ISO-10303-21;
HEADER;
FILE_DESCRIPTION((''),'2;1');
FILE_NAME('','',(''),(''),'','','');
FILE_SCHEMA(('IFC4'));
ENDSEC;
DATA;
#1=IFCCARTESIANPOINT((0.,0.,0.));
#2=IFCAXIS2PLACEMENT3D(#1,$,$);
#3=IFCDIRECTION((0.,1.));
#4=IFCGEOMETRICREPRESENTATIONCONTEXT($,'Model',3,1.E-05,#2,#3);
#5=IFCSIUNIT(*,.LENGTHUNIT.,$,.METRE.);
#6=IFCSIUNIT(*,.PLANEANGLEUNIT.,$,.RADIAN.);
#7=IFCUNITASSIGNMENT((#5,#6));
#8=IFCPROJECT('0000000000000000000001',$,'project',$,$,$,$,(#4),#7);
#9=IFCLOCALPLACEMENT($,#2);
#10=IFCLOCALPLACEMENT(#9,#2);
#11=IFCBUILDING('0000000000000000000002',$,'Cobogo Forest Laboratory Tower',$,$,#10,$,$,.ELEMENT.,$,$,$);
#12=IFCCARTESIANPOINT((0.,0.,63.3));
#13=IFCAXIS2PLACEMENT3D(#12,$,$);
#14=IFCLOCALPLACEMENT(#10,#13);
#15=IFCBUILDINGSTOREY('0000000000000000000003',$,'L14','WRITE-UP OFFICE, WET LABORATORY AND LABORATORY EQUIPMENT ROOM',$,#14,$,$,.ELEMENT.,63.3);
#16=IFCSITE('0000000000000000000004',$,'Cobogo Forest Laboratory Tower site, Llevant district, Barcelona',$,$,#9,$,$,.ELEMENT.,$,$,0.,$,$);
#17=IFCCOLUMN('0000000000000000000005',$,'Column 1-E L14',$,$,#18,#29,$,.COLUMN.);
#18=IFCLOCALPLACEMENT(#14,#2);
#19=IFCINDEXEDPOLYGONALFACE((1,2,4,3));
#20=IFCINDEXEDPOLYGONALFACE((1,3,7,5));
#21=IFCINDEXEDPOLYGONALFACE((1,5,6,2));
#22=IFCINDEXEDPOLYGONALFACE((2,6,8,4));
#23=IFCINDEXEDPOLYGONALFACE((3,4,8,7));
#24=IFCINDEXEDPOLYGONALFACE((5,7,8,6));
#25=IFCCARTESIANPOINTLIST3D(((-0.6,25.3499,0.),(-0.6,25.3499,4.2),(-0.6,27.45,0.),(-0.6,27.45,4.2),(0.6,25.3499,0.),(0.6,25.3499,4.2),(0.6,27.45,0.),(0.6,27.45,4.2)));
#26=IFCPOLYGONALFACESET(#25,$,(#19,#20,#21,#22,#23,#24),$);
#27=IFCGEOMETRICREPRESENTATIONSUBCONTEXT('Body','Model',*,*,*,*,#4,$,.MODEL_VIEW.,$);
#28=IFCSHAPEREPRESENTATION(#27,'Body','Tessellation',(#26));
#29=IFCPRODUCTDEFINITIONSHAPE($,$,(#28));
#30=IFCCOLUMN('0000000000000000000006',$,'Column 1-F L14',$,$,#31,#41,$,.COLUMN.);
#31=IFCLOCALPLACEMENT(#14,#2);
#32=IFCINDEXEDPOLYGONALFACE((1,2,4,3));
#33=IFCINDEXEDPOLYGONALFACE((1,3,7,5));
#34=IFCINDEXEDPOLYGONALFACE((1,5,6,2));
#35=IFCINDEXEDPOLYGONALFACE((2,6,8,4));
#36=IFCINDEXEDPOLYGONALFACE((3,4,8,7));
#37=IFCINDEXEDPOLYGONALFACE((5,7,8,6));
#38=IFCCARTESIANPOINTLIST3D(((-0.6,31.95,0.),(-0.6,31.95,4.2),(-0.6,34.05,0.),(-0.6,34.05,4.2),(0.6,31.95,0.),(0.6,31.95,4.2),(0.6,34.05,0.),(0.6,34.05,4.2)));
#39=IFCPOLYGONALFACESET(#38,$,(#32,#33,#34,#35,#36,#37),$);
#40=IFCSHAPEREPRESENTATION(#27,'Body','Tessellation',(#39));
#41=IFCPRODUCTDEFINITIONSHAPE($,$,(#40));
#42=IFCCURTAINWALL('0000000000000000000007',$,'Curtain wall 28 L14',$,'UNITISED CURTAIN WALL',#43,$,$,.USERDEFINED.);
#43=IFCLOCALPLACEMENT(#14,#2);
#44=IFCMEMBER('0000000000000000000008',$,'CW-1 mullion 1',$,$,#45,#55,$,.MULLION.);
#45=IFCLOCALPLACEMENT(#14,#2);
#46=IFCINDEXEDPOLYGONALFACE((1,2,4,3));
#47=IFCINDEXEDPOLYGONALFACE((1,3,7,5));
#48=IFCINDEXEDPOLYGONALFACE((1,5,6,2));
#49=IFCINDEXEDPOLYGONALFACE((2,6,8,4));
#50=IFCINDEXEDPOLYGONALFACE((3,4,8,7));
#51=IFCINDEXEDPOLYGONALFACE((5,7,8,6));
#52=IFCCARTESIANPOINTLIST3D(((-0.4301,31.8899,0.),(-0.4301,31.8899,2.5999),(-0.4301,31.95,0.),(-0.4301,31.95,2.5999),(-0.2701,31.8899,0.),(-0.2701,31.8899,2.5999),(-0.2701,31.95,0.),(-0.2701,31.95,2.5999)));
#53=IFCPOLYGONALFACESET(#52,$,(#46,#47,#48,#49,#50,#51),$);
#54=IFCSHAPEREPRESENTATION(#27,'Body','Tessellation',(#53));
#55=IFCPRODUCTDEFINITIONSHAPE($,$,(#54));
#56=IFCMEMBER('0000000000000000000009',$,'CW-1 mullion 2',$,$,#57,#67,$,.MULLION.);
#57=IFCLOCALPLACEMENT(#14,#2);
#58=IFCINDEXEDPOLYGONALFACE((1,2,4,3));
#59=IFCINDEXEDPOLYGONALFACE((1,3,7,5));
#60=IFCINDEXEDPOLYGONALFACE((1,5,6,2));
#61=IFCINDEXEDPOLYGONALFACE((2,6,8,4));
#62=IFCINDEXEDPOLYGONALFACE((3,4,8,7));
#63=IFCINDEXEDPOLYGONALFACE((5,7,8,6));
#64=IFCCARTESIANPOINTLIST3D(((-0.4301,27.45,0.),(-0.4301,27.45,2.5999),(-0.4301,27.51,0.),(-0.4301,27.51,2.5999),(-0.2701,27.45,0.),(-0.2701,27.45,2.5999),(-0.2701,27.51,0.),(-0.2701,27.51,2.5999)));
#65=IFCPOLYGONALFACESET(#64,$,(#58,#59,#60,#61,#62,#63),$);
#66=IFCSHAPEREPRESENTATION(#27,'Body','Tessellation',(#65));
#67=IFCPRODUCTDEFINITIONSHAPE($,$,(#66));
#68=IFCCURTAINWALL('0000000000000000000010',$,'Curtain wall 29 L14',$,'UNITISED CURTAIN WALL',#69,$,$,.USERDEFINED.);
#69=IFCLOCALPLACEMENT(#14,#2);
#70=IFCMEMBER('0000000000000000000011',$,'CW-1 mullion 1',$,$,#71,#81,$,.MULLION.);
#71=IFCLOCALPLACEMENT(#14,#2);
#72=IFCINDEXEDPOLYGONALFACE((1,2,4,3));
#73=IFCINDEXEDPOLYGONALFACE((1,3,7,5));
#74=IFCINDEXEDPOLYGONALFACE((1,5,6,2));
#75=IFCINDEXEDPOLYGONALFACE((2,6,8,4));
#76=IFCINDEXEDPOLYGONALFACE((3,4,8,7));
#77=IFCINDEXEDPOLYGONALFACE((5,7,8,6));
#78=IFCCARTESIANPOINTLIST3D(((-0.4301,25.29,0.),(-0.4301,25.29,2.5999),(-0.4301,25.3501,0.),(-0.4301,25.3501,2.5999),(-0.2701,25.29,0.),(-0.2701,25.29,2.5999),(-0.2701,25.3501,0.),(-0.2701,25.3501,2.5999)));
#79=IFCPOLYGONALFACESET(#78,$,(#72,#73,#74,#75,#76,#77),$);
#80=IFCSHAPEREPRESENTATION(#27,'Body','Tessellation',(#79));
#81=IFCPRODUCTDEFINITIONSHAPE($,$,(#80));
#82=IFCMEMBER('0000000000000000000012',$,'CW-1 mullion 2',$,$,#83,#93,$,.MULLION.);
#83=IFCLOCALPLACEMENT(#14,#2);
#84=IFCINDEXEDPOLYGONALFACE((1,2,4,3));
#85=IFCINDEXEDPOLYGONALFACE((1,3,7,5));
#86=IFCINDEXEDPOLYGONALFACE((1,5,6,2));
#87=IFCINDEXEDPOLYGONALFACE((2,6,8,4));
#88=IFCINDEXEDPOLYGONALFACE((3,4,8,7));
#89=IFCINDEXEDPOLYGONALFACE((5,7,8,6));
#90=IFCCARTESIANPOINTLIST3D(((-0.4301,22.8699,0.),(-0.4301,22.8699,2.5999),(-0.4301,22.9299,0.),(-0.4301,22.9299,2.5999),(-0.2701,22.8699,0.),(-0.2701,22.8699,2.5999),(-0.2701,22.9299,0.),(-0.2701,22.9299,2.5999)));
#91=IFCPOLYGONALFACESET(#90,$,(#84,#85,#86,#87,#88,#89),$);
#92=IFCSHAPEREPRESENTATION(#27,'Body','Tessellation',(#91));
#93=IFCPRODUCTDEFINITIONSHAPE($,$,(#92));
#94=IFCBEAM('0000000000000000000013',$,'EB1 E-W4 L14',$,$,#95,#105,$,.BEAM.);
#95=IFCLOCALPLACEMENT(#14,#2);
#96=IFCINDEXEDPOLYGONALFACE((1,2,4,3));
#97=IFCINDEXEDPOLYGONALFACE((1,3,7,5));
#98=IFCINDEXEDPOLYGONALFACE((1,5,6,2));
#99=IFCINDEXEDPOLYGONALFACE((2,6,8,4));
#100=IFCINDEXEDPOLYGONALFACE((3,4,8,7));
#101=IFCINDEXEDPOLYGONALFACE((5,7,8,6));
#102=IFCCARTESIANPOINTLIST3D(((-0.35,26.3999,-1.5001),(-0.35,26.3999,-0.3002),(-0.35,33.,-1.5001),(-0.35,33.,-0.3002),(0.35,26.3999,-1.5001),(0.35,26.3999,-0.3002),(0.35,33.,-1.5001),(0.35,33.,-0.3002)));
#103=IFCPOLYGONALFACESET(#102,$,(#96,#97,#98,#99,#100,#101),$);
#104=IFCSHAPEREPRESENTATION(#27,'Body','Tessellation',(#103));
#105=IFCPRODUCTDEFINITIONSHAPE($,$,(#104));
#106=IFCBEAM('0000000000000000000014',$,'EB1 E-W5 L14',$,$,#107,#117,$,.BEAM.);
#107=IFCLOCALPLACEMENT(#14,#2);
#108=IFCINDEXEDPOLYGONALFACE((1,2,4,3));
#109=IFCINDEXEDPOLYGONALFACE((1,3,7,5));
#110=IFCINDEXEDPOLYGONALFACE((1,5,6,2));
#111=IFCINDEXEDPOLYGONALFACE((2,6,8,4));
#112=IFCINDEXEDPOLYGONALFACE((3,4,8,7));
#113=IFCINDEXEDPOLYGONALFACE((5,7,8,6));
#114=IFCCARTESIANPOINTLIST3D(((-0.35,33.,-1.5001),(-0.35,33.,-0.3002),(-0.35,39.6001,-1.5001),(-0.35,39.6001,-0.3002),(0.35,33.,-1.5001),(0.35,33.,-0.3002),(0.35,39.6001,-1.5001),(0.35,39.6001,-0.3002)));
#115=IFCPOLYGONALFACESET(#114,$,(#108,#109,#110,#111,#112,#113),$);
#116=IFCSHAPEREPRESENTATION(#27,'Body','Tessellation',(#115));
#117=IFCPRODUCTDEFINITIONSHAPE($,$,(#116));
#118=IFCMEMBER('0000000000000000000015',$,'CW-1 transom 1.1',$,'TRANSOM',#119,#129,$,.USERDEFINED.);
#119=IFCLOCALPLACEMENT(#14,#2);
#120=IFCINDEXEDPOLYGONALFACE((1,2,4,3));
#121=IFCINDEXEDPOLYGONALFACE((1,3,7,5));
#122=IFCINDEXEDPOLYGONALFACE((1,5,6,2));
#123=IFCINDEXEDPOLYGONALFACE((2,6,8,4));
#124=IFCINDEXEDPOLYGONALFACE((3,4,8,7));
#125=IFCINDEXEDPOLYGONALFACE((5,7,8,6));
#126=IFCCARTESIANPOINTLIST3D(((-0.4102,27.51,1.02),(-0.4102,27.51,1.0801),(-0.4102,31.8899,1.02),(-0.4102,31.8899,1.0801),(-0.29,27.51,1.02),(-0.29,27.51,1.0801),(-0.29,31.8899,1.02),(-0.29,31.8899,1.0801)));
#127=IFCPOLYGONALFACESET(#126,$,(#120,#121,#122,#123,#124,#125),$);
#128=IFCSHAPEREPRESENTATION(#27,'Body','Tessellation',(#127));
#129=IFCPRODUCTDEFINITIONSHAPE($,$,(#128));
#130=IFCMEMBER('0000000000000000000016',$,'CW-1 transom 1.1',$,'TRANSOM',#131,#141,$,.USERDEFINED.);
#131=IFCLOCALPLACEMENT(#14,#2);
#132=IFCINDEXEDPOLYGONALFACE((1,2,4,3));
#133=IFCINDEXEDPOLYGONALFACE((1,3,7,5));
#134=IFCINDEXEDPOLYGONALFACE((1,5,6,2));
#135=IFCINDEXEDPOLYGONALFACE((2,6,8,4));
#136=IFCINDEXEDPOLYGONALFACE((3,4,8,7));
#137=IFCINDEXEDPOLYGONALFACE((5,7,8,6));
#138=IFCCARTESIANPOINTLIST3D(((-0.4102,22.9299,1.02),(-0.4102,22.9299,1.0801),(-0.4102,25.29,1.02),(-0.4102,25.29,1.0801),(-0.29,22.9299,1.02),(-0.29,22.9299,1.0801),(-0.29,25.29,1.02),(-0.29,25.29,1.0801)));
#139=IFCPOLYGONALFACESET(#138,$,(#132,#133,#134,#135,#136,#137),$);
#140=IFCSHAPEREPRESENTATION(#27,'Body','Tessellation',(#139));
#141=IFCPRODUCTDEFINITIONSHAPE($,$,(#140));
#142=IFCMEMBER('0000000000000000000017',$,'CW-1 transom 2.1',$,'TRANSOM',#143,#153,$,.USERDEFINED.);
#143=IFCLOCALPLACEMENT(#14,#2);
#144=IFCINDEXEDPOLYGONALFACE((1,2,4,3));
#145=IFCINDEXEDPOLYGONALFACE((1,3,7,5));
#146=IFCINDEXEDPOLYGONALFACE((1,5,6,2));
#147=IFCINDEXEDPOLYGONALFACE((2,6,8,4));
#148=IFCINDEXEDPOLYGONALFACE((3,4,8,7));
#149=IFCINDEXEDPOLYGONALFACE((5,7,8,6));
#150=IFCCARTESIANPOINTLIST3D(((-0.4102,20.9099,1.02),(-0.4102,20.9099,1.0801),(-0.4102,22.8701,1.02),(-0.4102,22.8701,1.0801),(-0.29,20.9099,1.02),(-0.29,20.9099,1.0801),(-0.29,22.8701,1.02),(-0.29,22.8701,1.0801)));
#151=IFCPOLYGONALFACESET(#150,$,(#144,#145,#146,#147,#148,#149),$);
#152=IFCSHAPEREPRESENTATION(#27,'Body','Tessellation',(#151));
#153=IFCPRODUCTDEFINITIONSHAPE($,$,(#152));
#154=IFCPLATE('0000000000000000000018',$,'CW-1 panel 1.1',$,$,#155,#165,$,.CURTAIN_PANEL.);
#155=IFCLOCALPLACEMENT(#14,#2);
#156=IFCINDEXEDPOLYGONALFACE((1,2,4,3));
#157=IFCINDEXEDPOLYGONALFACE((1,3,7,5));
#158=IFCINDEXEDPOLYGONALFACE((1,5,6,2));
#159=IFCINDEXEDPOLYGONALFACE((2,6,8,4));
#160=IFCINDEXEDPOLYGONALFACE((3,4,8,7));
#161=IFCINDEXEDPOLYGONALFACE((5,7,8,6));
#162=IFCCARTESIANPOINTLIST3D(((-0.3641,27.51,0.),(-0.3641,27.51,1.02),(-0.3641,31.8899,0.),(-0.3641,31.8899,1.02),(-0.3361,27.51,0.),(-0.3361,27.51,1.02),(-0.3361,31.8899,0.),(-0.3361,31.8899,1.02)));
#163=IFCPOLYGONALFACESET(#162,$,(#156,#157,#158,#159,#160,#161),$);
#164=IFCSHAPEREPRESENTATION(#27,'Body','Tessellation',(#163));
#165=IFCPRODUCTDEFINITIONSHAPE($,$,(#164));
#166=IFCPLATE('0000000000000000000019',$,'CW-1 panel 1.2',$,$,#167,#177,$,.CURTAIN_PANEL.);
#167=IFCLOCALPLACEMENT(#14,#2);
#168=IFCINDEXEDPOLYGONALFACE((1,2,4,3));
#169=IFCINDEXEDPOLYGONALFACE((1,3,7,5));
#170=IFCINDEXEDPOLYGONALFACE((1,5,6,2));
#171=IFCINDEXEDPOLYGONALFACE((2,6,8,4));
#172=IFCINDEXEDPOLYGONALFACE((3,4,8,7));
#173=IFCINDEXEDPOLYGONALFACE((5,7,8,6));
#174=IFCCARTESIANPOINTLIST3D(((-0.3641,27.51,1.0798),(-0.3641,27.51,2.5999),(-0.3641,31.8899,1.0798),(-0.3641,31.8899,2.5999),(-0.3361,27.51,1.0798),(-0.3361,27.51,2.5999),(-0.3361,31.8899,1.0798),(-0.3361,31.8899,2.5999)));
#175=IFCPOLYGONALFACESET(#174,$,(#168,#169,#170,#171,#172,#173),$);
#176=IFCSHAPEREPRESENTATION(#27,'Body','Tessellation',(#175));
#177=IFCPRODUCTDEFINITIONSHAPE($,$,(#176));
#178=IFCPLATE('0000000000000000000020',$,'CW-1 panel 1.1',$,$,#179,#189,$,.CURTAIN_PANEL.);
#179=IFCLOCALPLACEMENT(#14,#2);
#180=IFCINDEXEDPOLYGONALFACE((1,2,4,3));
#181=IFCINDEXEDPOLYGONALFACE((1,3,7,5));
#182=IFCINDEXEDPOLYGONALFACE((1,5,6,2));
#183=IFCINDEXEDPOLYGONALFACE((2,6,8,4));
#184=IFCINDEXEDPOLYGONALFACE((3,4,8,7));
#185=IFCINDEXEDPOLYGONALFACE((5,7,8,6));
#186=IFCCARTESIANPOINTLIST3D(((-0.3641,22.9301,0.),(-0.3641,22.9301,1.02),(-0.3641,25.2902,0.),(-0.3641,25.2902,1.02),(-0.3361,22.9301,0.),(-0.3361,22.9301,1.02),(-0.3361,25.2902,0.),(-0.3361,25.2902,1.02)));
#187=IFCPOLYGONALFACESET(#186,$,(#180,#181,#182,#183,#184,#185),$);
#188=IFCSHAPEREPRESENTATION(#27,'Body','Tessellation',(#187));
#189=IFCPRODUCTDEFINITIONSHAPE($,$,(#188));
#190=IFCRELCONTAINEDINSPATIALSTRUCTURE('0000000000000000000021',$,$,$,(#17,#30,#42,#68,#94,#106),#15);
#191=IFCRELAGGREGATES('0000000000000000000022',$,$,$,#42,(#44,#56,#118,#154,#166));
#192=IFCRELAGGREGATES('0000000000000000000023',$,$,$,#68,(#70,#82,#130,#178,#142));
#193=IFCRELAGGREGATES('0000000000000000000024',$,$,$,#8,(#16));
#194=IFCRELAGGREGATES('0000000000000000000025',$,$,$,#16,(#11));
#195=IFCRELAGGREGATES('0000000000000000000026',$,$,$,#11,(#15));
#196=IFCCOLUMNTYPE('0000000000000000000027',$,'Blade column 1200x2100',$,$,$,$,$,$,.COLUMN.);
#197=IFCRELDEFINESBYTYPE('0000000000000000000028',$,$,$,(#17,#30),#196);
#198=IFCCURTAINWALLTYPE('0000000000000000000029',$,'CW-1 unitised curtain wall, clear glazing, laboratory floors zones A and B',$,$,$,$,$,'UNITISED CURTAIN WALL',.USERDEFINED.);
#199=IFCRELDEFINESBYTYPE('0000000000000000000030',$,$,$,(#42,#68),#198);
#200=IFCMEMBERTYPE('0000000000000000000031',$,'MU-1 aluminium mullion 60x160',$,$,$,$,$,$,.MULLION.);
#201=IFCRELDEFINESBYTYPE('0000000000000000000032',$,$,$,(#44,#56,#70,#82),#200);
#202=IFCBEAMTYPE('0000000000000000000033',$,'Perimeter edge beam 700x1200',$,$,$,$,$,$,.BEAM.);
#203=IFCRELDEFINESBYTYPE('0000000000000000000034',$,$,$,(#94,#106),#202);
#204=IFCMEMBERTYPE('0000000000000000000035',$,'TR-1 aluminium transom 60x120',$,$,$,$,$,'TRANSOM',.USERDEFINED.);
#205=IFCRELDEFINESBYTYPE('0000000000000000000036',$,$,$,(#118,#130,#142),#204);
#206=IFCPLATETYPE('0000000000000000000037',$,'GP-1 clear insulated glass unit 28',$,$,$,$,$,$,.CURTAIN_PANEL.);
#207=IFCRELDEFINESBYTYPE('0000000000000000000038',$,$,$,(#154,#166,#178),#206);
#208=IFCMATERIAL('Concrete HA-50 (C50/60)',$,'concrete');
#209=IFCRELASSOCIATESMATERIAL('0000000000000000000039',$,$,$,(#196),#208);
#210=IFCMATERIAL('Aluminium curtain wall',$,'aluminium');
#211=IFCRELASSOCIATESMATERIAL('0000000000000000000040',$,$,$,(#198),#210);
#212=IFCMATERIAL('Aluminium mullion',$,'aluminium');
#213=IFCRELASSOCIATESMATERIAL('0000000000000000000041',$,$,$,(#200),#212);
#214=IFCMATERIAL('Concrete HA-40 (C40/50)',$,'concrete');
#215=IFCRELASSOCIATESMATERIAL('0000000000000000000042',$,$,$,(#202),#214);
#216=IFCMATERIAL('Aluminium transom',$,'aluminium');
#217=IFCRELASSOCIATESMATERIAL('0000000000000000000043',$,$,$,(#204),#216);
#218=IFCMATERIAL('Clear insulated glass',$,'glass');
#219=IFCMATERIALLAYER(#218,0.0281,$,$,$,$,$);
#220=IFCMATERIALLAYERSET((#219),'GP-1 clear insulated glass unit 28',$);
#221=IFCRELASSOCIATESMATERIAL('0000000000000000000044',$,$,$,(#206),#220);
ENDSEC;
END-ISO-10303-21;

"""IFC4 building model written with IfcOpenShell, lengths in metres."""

from ifc_helpers import new_model, si_unit, direction, frame, origin, origin_2d, place, context, subcontext, project, spatial, rectangle, extrude, material, layer, layer_set, material_profile, profile_set, type_object, element, aggregate, save


model = new_model("IFC4")

# Units and contexts
model_context = context("Model", 3, precision=1e-05, world=origin(), true_north=direction((0.0, 1.0)))
body_context = subcontext(model_context, "Body", "Model", "MODEL_VIEW")
ifc_project = project(units=[si_unit("LENGTHUNIT", "METRE"), si_unit("PLANEANGLEUNIT", "RADIAN")], contexts=[model_context])

# Site, building, storey
site_placement = place(None, origin())
site = spatial("IfcSite", under=ifc_project, at=site_placement, Name="Cobogo Forest Laboratory Tower site, Llevant district, Barcelona", CompositionType="ELEMENT", RefElevation=0.0)
building_placement = place(site_placement, origin())
building = spatial("IfcBuilding", under=site, at=building_placement, Name="Cobogo Forest Laboratory Tower", CompositionType="ELEMENT")
storey_placement = place(building_placement, frame((0.0, 0.0, 63.3)))
storey = spatial("IfcBuildingStorey", under=building, at=storey_placement, Name="L14", Description="WRITE-UP OFFICE, WET LABORATORY AND LABORATORY EQUIPMENT ROOM", CompositionType="ELEMENT", Elevation=63.3)

# Columns
ifc_material_1 = material(Name="Concrete HA-50 (C50/60)", Category="concrete")
ifc_material_profile_1 = material_profile(ifc_material_1, rectangle(XDim=2.1001, YDim=1.2, at=origin_2d()), Name="RC 1200x2100")
ifc_profile_set_1 = profile_set([ifc_material_profile_1], Name="Concrete HA-50 (C50/60)")
column_type = type_object("IfcColumnType", Name="Blade column 1200x2100", PredefinedType="COLUMN", material=ifc_profile_set_1)
for number, where, z_axis, x_axis, name in (
    (1, (0.0, 26.3999, 0.0), (0.0, 0.0, 1.0), (0.0, 1.0, 0.0), "Column 1-E L14"),
    (2, (0.0, 33.0, 0.0), (0.0, 0.0, 1.0), (0.0, 1.0, 0.0), "Column 1-F L14"),
):
    element("IfcColumn", number, at=place(storey_placement, frame(where, z_axis=z_axis, x_axis=x_axis)), inside=storey, type_object=column_type, Name=name, PredefinedType="COLUMN", context=body_context, shape_type="SweptSolid", body=[
        extrude(rectangle(XDim=2.1001, YDim=1.2, at=origin_2d()), origin(), (0.0, 0.0, 1.0), 4.2),
    ])

# Curtain walls, members
ifc_material_2 = material(Name="Aluminium curtain wall", Category="aluminium")
curtain_wall_type = type_object("IfcCurtainWallType", Name="CW-1 unitised curtain wall, clear glazing, laboratory floors zones A and B", ElementType="UNITISED CURTAIN WALL", PredefinedType="USERDEFINED", material=ifc_material_2)
curtain_wall_1_placement = place(storey_placement, origin())
curtain_wall_1 = element("IfcCurtainWall", 3, at=curtain_wall_1_placement, inside=storey, type_object=curtain_wall_type, Name="Curtain wall 28 L14", ObjectType="UNITISED CURTAIN WALL", PredefinedType="USERDEFINED")
ifc_material_3 = material(Name="Aluminium mullion", Category="aluminium")
ifc_material_profile_2 = material_profile(ifc_material_3, rectangle(XDim=0.0601, YDim=0.1599, at=origin_2d()), Name="AL 60x160")
ifc_profile_set_2 = profile_set([ifc_material_profile_2], Name="Aluminium mullion")
member_type_1 = type_object("IfcMemberType", Name="MU-1 aluminium mullion 60x160", PredefinedType="MULLION", material=ifc_profile_set_2)
member_1_placement = place(storey_placement, frame((-0.3501, 31.9199, 0.0), z_axis=(0.0, 0.0, 1.0), x_axis=(0.0, -1.0, 0.0)))
member_1 = element("IfcMember", 4, at=member_1_placement, type_object=member_type_1, Name="CW-1 mullion 1", PredefinedType="MULLION", context=body_context, shape_type="SweptSolid", body=[
    extrude(rectangle(XDim=0.0601, YDim=0.1599, at=origin_2d()), origin(), (0.0, 0.0, 1.0), 2.5999),
])
member_2_placement = place(storey_placement, frame((-0.3501, 27.48, 0.0), z_axis=(0.0, 0.0, 1.0), x_axis=(0.0, -1.0, 0.0)))
member_2 = element("IfcMember", 5, at=member_2_placement, type_object=member_type_1, Name="CW-1 mullion 2", PredefinedType="MULLION", context=body_context, shape_type="SweptSolid", body=[
    extrude(rectangle(XDim=0.0601, YDim=0.1599, at=origin_2d()), origin(), (0.0, 0.0, 1.0), 2.5999),
])
curtain_wall_2_placement = place(storey_placement, origin())
curtain_wall_2 = element("IfcCurtainWall", 6, at=curtain_wall_2_placement, inside=storey, type_object=curtain_wall_type, Name="Curtain wall 29 L14", ObjectType="UNITISED CURTAIN WALL", PredefinedType="USERDEFINED")
member_3_placement = place(storey_placement, frame((-0.3501, 25.3201, 0.0), z_axis=(0.0, 0.0, 1.0), x_axis=(0.0, -1.0, 0.0)))
member_3 = element("IfcMember", 7, at=member_3_placement, type_object=member_type_1, Name="CW-1 mullion 1", PredefinedType="MULLION", context=body_context, shape_type="SweptSolid", body=[
    extrude(rectangle(XDim=0.0601, YDim=0.1599, at=origin_2d()), origin(), (0.0, 0.0, 1.0), 2.5999),
])
member_4_placement = place(storey_placement, frame((-0.3501, 22.8999, 0.0), z_axis=(0.0, 0.0, 1.0), x_axis=(0.0, -1.0, 0.0)))
member_4 = element("IfcMember", 8, at=member_4_placement, type_object=member_type_1, Name="CW-1 mullion 2", PredefinedType="MULLION", context=body_context, shape_type="SweptSolid", body=[
    extrude(rectangle(XDim=0.0601, YDim=0.1599, at=origin_2d()), origin(), (0.0, 0.0, 1.0), 2.5999),
])

# Beams
ifc_material_4 = material(Name="Concrete HA-40 (C40/50)", Category="concrete")
ifc_material_profile_3 = material_profile(ifc_material_4, rectangle(XDim=0.7, YDim=1.2, at=origin_2d()), Name="RC 700x1200")
ifc_profile_set_3 = profile_set([ifc_material_profile_3], Name="Concrete HA-40 (C40/50)")
beam_type = type_object("IfcBeamType", Name="Perimeter edge beam 700x1200", PredefinedType="BEAM", material=ifc_profile_set_3)
for number, where, z_axis, x_axis, name in (
    (9, (0.0, 26.3999, -0.9001), (0.0, 1.0, 0.0), (-1.0, 0.0, 0.0), "EB1 E-W4 L14"),
    (10, (0.0, 33.0, -0.9001), (0.0, 1.0, 0.0), (-1.0, 0.0, 0.0), "EB1 E-W5 L14"),
):
    element("IfcBeam", number, at=place(storey_placement, frame(where, z_axis=z_axis, x_axis=x_axis)), inside=storey, type_object=beam_type, Name=name, PredefinedType="BEAM", context=body_context, shape_type="SweptSolid", body=[
        extrude(rectangle(XDim=0.7, YDim=1.2, at=origin_2d()), origin(), (0.0, 0.0, 1.0), 6.6001),
    ])

# Members
ifc_material_5 = material(Name="Aluminium transom", Category="aluminium")
ifc_material_profile_4 = material_profile(ifc_material_5, rectangle(XDim=0.1201, YDim=0.0601, at=origin_2d()), Name="AL 60x120")
ifc_profile_set_4 = profile_set([ifc_material_profile_4], Name="Aluminium transom")
member_type_2 = type_object("IfcMemberType", Name="TR-1 aluminium transom 60x120", ElementType="TRANSOM", PredefinedType="USERDEFINED", material=ifc_profile_set_4)
member_5_placement = place(storey_placement, frame((-0.3501, 31.8899, 1.05), z_axis=(0.0, -1.0, 0.0), x_axis=(1.0, 0.0, 0.0)))
member_5 = element("IfcMember", 11, at=member_5_placement, type_object=member_type_2, Name="CW-1 transom 1.1", ObjectType="TRANSOM", PredefinedType="USERDEFINED", context=body_context, shape_type="SweptSolid", body=[
    extrude(rectangle(XDim=0.1201, YDim=0.0601, at=origin_2d()), origin(), (0.0, 0.0, 1.0), 4.3799),
])
member_6_placement = place(storey_placement, frame((-0.3501, 25.29, 1.05), z_axis=(0.0, -1.0, 0.0), x_axis=(1.0, 0.0, 0.0)))
member_6 = element("IfcMember", 12, at=member_6_placement, type_object=member_type_2, Name="CW-1 transom 1.1", ObjectType="TRANSOM", PredefinedType="USERDEFINED", context=body_context, shape_type="SweptSolid", body=[
    extrude(rectangle(XDim=0.1201, YDim=0.0601, at=origin_2d()), origin(), (0.0, 0.0, 1.0), 2.3601),
])
member_7_placement = place(storey_placement, frame((-0.3501, 22.8701, 1.05), z_axis=(0.0, -1.0, 0.0), x_axis=(1.0, 0.0, 0.0)))
member_7 = element("IfcMember", 13, at=member_7_placement, type_object=member_type_2, Name="CW-1 transom 2.1", ObjectType="TRANSOM", PredefinedType="USERDEFINED", context=body_context, shape_type="SweptSolid", body=[
    extrude(rectangle(XDim=0.1201, YDim=0.0601, at=origin_2d()), origin(), (0.0, 0.0, 1.0), 1.9602),
])

# Plates
ifc_material_6 = material(Name="Clear insulated glass", Category="glass")
ifc_layer_1 = layer(ifc_material_6, 0.0281)
ifc_layer_set_1 = layer_set([ifc_layer_1], Name="GP-1 clear insulated glass unit 28")
plate_type_1 = type_object("IfcPlateType", Name="GP-1 clear insulated glass unit 28", PredefinedType="CURTAIN_PANEL", material=ifc_layer_set_1)
plate_1_placement = place(storey_placement, frame((-0.3501, 29.7, 0.0), z_axis=(0.0, 0.0, 1.0), x_axis=(0.0, -1.0, 0.0)))
plate_1 = element("IfcPlate", 14, at=plate_1_placement, type_object=plate_type_1, Name="CW-1 panel 1.1", PredefinedType="CURTAIN_PANEL", context=body_context, shape_type="SweptSolid", body=[
    extrude(rectangle(XDim=4.3799, YDim=0.0281, at=origin_2d()), origin(), (0.0, 0.0, 1.0), 1.02),
])
plate_2_placement = place(storey_placement, frame((-0.3501, 29.7, 1.0798), z_axis=(0.0, 0.0, 1.0), x_axis=(0.0, -1.0, 0.0)))
plate_2 = element("IfcPlate", 15, at=plate_2_placement, type_object=plate_type_1, Name="CW-1 panel 1.2", PredefinedType="CURTAIN_PANEL", context=body_context, shape_type="SweptSolid", body=[
    extrude(rectangle(XDim=4.3799, YDim=0.0281, at=origin_2d()), origin(), (0.0, 0.0, 1.0), 1.52),
])
aggregate(curtain_wall_1, [member_1, member_2, member_5, plate_1, plate_2])
plate_3_placement = place(storey_placement, frame((-0.3501, 24.1101, 0.0), z_axis=(0.0, 0.0, 1.0), x_axis=(0.0, -1.0, 0.0)))
plate_3 = element("IfcPlate", 16, at=plate_3_placement, type_object=plate_type_1, Name="CW-1 panel 1.1", PredefinedType="CURTAIN_PANEL", context=body_context, shape_type="SweptSolid", body=[
    extrude(rectangle(XDim=2.3601, YDim=0.0281, at=origin_2d()), origin(), (0.0, 0.0, 1.0), 1.02),
])
aggregate(curtain_wall_2, [member_3, member_4, member_6, plate_3, member_7])

save(model, "model.ifc")
